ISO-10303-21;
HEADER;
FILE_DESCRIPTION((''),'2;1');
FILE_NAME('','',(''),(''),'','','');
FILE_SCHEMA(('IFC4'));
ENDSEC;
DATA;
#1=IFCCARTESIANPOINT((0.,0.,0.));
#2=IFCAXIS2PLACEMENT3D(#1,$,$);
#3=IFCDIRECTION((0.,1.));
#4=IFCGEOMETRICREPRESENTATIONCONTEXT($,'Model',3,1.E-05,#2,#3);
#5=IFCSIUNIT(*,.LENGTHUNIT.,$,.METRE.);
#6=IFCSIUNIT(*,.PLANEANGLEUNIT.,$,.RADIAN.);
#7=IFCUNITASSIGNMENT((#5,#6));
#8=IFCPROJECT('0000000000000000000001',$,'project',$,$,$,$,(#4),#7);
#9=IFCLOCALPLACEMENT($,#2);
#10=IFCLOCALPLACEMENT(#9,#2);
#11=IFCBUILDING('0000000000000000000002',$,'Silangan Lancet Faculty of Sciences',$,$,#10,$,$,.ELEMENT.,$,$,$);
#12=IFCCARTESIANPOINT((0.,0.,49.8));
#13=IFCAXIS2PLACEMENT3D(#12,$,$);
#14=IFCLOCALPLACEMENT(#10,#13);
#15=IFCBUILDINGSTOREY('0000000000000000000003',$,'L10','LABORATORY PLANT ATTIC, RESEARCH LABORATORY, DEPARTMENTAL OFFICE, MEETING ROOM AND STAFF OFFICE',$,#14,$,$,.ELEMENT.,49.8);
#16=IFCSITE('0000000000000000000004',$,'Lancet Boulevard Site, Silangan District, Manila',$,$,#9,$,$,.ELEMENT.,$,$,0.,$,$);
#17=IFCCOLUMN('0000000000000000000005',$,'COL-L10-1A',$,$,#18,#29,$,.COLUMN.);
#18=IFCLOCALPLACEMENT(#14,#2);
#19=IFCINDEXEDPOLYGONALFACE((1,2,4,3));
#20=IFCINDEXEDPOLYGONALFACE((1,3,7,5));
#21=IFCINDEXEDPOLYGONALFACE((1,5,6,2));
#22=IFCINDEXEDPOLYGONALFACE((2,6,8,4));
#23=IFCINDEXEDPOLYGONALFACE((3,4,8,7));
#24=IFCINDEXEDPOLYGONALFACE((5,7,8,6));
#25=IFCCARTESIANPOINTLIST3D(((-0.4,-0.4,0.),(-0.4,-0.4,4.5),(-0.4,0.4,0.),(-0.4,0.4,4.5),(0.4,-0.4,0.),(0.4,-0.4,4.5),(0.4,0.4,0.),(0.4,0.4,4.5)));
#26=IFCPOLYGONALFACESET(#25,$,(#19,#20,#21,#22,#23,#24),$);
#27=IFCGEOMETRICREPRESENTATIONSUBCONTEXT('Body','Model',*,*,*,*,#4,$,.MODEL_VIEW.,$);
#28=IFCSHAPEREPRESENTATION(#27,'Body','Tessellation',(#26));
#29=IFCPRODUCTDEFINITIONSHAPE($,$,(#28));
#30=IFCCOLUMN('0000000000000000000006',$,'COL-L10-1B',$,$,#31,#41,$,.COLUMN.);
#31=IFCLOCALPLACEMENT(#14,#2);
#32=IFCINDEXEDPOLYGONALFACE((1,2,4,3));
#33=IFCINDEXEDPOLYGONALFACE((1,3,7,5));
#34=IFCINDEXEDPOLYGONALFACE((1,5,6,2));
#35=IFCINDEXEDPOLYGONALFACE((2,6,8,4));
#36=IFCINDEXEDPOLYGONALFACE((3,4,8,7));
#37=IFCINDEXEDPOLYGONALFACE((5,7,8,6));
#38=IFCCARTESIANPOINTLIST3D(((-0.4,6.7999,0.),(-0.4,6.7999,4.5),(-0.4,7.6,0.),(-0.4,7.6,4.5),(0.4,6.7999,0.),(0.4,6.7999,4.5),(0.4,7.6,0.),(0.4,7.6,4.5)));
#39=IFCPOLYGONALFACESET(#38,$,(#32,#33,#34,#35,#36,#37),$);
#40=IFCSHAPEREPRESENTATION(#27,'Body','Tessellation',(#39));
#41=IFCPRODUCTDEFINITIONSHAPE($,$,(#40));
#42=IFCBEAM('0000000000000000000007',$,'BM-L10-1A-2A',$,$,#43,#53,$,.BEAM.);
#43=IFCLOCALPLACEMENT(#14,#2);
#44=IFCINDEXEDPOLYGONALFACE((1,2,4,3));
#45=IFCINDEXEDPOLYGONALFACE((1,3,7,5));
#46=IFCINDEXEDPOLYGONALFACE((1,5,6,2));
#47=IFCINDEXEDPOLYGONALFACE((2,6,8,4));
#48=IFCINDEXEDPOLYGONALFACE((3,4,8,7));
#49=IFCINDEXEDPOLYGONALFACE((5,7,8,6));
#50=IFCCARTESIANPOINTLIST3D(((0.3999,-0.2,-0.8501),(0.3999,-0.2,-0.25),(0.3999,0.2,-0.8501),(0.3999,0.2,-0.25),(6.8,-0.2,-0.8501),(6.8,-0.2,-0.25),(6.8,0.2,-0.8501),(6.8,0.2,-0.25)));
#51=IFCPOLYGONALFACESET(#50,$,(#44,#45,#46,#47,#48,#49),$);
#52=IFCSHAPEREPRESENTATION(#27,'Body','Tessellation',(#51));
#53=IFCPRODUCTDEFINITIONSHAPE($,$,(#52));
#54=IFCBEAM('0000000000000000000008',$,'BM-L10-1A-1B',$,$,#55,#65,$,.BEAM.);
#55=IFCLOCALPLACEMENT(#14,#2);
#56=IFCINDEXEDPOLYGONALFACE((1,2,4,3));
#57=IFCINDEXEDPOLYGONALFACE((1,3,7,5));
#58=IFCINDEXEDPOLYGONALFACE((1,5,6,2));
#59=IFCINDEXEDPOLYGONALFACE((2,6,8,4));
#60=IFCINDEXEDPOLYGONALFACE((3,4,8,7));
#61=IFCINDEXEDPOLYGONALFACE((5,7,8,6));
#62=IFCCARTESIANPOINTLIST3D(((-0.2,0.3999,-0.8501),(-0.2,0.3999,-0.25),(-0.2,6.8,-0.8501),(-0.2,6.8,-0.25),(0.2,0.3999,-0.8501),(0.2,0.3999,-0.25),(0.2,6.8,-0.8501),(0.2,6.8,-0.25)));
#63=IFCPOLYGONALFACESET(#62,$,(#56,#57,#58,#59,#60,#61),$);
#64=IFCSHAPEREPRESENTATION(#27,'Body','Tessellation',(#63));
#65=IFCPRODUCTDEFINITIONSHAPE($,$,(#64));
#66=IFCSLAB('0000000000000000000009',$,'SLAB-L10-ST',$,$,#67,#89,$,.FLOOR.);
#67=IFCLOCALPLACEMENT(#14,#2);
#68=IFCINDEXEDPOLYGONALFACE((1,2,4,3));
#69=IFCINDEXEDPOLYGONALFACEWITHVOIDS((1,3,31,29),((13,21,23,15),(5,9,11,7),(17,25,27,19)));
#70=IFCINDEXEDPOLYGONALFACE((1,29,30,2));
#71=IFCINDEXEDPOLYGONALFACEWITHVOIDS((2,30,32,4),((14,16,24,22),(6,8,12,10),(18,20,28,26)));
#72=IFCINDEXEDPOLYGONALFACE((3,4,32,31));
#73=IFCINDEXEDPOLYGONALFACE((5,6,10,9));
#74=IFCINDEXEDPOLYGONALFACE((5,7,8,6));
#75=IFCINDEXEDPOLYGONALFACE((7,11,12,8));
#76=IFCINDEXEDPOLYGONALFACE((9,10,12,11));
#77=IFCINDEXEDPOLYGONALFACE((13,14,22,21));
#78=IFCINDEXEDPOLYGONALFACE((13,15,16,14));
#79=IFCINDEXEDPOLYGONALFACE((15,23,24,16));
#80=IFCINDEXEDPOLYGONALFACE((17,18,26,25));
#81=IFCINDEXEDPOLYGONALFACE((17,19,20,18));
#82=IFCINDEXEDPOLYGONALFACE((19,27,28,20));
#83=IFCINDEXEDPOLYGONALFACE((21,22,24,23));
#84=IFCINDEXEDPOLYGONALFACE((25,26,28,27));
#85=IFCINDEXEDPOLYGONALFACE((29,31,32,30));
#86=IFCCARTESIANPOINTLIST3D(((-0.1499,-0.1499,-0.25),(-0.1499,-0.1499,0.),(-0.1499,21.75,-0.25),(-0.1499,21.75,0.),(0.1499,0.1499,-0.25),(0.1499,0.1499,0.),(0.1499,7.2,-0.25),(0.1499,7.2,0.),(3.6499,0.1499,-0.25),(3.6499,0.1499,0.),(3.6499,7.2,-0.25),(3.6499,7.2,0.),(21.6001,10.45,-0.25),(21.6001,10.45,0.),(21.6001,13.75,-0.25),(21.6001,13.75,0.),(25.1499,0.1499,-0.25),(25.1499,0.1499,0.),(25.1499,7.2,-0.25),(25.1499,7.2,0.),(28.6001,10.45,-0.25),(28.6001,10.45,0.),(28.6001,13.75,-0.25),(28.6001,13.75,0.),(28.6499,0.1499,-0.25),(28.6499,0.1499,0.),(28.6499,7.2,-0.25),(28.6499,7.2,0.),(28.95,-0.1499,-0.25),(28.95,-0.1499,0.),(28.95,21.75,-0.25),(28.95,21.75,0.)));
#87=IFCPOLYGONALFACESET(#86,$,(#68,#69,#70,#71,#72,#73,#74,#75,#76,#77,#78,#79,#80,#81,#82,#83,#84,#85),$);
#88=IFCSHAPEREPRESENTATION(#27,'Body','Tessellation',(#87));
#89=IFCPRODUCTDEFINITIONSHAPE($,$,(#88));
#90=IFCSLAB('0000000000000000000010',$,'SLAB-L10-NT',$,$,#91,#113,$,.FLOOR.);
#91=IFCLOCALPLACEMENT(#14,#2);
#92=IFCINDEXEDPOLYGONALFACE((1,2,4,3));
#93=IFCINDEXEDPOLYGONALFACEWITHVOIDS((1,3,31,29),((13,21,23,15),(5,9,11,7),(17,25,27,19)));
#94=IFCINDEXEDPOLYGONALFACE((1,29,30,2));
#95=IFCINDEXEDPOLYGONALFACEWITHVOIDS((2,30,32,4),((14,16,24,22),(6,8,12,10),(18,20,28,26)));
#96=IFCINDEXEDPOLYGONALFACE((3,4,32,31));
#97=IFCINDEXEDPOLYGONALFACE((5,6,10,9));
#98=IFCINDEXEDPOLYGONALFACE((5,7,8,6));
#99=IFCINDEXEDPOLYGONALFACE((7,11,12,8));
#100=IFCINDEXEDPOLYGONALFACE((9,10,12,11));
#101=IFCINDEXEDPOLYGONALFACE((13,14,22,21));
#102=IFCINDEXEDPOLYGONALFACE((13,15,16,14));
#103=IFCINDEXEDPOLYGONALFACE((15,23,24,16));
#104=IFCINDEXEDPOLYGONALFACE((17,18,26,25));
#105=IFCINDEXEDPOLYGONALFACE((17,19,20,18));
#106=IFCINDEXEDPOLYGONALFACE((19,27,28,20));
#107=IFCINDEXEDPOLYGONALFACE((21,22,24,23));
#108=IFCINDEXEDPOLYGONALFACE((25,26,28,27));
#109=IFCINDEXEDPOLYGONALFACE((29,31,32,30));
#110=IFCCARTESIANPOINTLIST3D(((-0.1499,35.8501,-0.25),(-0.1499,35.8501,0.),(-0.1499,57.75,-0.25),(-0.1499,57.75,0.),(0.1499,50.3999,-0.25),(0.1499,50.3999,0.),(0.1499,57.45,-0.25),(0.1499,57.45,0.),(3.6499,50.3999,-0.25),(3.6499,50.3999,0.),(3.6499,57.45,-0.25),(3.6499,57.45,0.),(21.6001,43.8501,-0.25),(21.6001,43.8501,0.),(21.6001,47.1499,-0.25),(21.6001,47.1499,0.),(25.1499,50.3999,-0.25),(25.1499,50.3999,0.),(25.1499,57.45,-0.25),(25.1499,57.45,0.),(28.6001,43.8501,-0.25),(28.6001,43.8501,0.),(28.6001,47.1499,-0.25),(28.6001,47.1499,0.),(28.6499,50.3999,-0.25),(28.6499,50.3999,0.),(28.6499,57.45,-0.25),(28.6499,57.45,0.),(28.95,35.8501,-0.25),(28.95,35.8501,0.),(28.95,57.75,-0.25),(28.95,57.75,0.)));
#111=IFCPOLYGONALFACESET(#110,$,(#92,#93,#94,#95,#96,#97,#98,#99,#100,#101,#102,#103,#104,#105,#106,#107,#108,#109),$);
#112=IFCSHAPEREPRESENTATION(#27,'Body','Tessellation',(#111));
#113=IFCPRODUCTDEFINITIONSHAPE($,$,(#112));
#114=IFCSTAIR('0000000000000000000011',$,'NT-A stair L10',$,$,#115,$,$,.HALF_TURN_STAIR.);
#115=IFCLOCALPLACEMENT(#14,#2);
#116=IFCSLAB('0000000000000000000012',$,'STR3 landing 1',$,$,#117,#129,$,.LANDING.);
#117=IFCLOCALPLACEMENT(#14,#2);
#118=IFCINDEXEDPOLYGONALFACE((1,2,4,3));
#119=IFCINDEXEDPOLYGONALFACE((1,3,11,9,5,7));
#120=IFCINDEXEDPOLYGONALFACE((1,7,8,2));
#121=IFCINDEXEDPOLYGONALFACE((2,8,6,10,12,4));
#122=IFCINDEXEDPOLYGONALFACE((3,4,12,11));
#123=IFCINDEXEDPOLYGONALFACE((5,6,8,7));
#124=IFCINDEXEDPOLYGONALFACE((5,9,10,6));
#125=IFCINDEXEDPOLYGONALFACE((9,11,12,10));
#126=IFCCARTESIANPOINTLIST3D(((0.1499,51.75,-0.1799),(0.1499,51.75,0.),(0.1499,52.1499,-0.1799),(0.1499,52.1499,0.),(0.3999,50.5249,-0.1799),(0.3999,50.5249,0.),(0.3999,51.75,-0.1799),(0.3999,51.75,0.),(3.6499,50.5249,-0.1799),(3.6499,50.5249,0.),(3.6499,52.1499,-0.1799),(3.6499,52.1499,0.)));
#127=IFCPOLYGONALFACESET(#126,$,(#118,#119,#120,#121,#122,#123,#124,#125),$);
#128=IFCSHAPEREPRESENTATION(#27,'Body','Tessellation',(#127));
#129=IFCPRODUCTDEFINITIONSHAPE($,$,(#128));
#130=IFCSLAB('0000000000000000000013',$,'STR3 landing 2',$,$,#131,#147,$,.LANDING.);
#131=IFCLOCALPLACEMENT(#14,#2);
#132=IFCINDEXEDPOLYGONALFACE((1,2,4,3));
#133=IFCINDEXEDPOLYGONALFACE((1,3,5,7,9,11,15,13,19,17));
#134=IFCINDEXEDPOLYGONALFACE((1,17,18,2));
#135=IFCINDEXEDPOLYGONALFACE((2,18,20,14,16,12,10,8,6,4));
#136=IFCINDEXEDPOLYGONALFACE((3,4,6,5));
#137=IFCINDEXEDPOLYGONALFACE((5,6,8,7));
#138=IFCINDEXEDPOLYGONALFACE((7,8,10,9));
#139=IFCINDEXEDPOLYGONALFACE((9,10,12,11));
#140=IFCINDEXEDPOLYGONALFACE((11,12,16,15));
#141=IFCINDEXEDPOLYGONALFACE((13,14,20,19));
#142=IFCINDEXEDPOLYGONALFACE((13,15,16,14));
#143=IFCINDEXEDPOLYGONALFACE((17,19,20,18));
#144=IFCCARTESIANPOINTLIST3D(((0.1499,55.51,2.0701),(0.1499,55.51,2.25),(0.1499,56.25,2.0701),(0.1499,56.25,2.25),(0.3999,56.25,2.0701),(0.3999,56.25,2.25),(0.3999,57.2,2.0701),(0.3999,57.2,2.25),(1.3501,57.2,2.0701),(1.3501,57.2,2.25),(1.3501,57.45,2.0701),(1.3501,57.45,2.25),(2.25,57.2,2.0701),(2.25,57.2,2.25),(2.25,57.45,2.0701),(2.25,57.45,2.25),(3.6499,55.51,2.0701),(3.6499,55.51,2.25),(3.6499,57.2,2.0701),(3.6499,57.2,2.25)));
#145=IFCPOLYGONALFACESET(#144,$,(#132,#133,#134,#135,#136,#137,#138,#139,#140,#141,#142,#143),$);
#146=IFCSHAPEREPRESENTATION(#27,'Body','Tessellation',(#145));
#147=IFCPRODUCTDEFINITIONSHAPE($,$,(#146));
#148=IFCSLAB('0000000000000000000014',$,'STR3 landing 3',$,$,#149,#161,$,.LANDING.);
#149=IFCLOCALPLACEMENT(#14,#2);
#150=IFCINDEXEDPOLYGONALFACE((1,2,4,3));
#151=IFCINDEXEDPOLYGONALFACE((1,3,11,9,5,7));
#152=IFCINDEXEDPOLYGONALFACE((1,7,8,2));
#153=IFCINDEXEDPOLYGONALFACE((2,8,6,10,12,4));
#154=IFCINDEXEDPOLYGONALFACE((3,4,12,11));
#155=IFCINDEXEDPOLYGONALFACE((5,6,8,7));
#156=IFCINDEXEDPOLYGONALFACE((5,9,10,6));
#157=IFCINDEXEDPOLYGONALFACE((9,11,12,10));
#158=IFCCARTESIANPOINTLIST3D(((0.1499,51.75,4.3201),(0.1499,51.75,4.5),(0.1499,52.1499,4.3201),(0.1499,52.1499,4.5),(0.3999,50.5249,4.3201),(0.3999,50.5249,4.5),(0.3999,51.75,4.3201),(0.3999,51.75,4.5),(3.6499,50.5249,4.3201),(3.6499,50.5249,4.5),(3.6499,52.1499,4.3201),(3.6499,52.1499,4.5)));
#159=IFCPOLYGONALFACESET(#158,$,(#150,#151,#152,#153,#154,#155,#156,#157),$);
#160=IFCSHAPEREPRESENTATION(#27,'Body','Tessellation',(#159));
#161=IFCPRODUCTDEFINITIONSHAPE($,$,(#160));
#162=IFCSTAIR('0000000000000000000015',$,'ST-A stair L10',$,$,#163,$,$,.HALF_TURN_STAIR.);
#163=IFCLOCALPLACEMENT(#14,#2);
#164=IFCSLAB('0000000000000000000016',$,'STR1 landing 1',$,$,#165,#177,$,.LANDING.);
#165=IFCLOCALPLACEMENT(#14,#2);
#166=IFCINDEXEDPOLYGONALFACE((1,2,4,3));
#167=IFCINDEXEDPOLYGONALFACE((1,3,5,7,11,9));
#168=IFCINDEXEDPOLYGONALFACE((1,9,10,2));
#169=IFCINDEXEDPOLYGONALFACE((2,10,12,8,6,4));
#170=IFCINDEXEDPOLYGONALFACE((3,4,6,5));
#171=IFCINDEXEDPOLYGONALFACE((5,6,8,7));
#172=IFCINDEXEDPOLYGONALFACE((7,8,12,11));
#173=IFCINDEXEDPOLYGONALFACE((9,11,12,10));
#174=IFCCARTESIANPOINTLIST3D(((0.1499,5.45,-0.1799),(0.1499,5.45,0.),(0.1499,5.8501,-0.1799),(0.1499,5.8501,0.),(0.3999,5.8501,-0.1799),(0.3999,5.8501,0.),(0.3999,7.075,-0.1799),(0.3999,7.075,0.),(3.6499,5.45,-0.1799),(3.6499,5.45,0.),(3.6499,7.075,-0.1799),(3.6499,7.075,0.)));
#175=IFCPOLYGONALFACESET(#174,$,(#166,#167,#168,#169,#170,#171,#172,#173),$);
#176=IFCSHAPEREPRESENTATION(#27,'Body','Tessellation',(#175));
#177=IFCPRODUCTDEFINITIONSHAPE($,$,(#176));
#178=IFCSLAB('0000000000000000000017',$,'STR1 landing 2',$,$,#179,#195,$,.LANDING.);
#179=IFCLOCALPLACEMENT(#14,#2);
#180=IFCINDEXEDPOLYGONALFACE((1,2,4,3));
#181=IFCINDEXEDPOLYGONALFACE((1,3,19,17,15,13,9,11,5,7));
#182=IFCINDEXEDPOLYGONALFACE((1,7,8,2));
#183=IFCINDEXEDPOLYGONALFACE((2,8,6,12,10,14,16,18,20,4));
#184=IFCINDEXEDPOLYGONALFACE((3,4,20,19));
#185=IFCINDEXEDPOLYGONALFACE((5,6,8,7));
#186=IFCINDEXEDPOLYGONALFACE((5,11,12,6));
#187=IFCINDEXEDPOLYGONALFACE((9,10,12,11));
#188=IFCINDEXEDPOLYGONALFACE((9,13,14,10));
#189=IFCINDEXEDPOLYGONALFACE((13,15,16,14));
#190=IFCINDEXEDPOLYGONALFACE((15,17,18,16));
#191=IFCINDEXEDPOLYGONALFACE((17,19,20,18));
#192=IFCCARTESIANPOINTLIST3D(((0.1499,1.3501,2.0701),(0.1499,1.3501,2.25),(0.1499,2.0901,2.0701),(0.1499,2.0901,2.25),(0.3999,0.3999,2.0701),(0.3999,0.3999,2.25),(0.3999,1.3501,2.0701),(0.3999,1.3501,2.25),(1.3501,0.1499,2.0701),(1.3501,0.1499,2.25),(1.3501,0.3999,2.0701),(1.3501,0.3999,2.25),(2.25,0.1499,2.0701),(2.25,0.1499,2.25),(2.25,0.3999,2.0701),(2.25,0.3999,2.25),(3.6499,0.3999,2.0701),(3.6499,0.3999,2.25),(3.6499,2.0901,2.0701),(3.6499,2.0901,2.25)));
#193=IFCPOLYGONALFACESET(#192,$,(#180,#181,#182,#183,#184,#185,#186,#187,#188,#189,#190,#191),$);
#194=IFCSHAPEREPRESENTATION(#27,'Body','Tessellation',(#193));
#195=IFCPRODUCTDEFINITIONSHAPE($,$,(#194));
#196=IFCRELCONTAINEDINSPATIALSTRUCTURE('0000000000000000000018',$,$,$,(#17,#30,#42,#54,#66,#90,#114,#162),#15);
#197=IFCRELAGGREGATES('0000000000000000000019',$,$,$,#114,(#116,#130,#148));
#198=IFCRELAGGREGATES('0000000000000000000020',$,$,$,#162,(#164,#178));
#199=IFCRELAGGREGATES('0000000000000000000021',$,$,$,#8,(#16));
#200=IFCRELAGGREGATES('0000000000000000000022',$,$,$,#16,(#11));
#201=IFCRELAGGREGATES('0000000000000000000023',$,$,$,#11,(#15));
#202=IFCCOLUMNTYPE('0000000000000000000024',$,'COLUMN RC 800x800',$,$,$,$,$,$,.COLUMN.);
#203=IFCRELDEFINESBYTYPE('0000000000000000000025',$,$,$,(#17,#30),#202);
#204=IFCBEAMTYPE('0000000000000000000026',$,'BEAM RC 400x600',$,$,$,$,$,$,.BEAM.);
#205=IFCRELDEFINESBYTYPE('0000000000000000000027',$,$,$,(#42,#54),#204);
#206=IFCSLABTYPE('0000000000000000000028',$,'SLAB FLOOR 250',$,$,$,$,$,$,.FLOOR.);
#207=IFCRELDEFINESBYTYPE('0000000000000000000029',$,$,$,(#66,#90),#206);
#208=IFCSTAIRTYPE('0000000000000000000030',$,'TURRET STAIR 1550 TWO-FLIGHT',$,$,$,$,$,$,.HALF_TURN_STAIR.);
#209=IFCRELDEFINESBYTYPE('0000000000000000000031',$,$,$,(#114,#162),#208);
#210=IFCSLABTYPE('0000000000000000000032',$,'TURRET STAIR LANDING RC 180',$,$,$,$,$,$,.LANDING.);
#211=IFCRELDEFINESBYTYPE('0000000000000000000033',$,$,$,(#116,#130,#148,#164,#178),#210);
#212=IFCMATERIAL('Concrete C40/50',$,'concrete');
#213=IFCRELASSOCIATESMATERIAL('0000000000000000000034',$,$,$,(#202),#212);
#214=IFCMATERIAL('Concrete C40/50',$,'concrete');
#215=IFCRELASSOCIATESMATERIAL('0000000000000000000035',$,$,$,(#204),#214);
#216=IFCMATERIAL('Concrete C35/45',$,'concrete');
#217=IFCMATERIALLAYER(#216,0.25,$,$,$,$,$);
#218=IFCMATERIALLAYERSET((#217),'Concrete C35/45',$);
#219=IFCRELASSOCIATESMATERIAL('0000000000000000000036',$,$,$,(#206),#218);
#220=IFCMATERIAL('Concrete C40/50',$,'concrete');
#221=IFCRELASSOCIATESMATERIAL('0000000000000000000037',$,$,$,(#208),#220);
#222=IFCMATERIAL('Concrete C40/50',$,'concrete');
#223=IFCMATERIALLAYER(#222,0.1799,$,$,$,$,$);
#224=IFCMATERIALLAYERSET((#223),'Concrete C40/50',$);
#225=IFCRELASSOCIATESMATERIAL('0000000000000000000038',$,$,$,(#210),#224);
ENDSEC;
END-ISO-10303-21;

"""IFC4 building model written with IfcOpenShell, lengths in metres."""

from ifc_helpers import new_model, si_unit, direction, frame, origin, origin_2d, place, context, subcontext, project, spatial, polyline, rectangle, outline, extrude, material, layer, layer_set, material_profile, profile_set, type_object, element, aggregate, save


model = new_model("IFC4")

# Units and contexts
model_context = context("Model", 3, precision=1e-05, world=origin(), true_north=direction((0.0, 1.0)))
body_context = subcontext(model_context, "Body", "Model", "MODEL_VIEW")
ifc_project = project(units=[si_unit("LENGTHUNIT", "METRE"), si_unit("PLANEANGLEUNIT", "RADIAN")], contexts=[model_context])

# Site, building, storey
site_placement = place(None, origin())
site = spatial("IfcSite", under=ifc_project, at=site_placement, Name="Lancet Boulevard Site, Silangan District, Manila", CompositionType="ELEMENT", RefElevation=0.0)
building_placement = place(site_placement, origin())
building = spatial("IfcBuilding", under=site, at=building_placement, Name="Silangan Lancet Faculty of Sciences", CompositionType="ELEMENT")
storey_placement = place(building_placement, frame((0.0, 0.0, 49.8)))
storey = spatial("IfcBuildingStorey", under=building, at=storey_placement, Name="L10", Description="LABORATORY PLANT ATTIC, RESEARCH LABORATORY, DEPARTMENTAL OFFICE, MEETING ROOM AND STAFF OFFICE", CompositionType="ELEMENT", Elevation=49.8)

# Columns
ifc_material_1 = material(Name="Concrete C40/50", Category="concrete")
ifc_material_profile_1 = material_profile(ifc_material_1, rectangle(XDim=0.8, YDim=0.8, at=origin_2d()), Name="RC 800x800")
ifc_profile_set_1 = profile_set([ifc_material_profile_1], Name="Concrete C40/50")
column_type = type_object("IfcColumnType", Name="COLUMN RC 800x800", PredefinedType="COLUMN", material=ifc_profile_set_1)
for number, where, z_axis, x_axis, name in (
    (1, (0.0, 0.0, 0.0), (0.0, 0.0, 1.0), (1.0, 0.0, 0.0), "COL-L10-1A"),
    (2, (0.0, 7.2, 0.0), (0.0, 0.0, 1.0), (1.0, 0.0, 0.0), "COL-L10-1B"),
):
    element("IfcColumn", number, at=place(storey_placement, frame(where, z_axis=z_axis, x_axis=x_axis)), inside=storey, type_object=column_type, Name=name, PredefinedType="COLUMN", context=body_context, shape_type="SweptSolid", body=[
        extrude(rectangle(XDim=0.8, YDim=0.8, at=origin_2d()), origin(), (0.0, 0.0, 1.0), 4.5),
    ])

# Beams
ifc_material_2 = material(Name="Concrete C40/50", Category="concrete")
ifc_material_profile_2 = material_profile(ifc_material_2, rectangle(XDim=0.3999, YDim=0.6001, at=origin_2d()), Name="RC 400x600")
ifc_profile_set_2 = profile_set([ifc_material_profile_2], Name="Concrete C40/50")
beam_type = type_object("IfcBeamType", Name="BEAM RC 400x600", PredefinedType="BEAM", material=ifc_profile_set_2)
for number, where, z_axis, x_axis, name in (
    (3, (0.3999, 0.0, -0.55), (1.0, 0.0, 0.0), (0.0, 1.0, 0.0), "BM-L10-1A-2A"),
    (4, (0.0, 0.3999, -0.55), (0.0, 1.0, 0.0), (-1.0, 0.0, 0.0), "BM-L10-1A-1B"),
):
    element("IfcBeam", number, at=place(storey_placement, frame(where, z_axis=z_axis, x_axis=x_axis)), inside=storey, type_object=beam_type, Name=name, PredefinedType="BEAM", context=body_context, shape_type="SweptSolid", body=[
        extrude(rectangle(XDim=0.3999, YDim=0.6001, at=origin_2d()), origin(), (0.0, 0.0, 1.0), 6.4001),
    ])

# Slabs
ifc_material_3 = material(Name="Concrete C35/45", Category="concrete")
ifc_layer_1 = layer(ifc_material_3, 0.25)
ifc_layer_set_1 = layer_set([ifc_layer_1], Name="Concrete C35/45")
slab_type_1 = type_object("IfcSlabType", Name="SLAB FLOOR 250", PredefinedType="FLOOR", material=ifc_layer_set_1)
slab_1_placement = place(storey_placement, frame((0.0, 0.0, -0.25)))
element("IfcSlab", 5, at=slab_1_placement, inside=storey, type_object=slab_type_1, Name="SLAB-L10-ST", PredefinedType="FLOOR", context=body_context, shape_type="SweptSolid", body=[
    extrude(outline(polyline([(-0.1499, 21.75), (-0.1499, -0.1499), (28.95, -0.1499), (28.95, 21.75), (-0.1499, 21.75)]), holes=[polyline([(0.1499, 0.1499), (0.1499, 7.2), (3.6499, 7.2), (3.6499, 0.1499), (0.1499, 0.1499)]), polyline([(25.1499, 7.2), (28.6499, 7.2), (28.6499, 0.1499), (25.1499, 0.1499), (25.1499, 7.2)]), polyline([(21.6001, 13.75), (28.6001, 13.75), (28.6001, 10.45), (21.6001, 10.45), (21.6001, 13.75)])]), origin(), (0.0, 0.0, 1.0), 0.25),
])
slab_2_placement = place(storey_placement, frame((0.0, 0.0, -0.25)))
element("IfcSlab", 6, at=slab_2_placement, inside=storey, type_object=slab_type_1, Name="SLAB-L10-NT", PredefinedType="FLOOR", context=body_context, shape_type="SweptSolid", body=[
    extrude(outline(polyline([(-0.1499, 35.8501), (28.95, 35.8501), (28.95, 57.75), (-0.1499, 57.75), (-0.1499, 35.8501)]), holes=[polyline([(21.6001, 43.8501), (21.6001, 47.1499), (28.6001, 47.1499), (28.6001, 43.8501), (21.6001, 43.8501)]), polyline([(0.1499, 57.45), (3.6499, 57.45), (3.6499, 50.3999), (0.1499, 50.3999), (0.1499, 57.45)]), polyline([(25.1499, 57.45), (28.6499, 57.45), (28.6499, 50.3999), (25.1499, 50.3999), (25.1499, 57.45)])]), origin(), (0.0, 0.0, 1.0), 0.25),
])

# Stairs, slabs
ifc_material_4 = material(Name="Concrete C40/50", Category="concrete")
stair_type = type_object("IfcStairType", Name="TURRET STAIR 1550 TWO-FLIGHT", PredefinedType="HALF_TURN_STAIR", material=ifc_material_4)
stair_1_placement = place(storey_placement, origin())
stair_1 = element("IfcStair", 7, at=stair_1_placement, inside=storey, type_object=stair_type, Name="NT-A stair L10", PredefinedType="HALF_TURN_STAIR")
ifc_material_5 = material(Name="Concrete C40/50", Category="concrete")
ifc_layer_2 = layer(ifc_material_5, 0.1799)
ifc_layer_set_2 = layer_set([ifc_layer_2], Name="Concrete C40/50")
slab_type_2 = type_object("IfcSlabType", Name="TURRET STAIR LANDING RC 180", PredefinedType="LANDING", material=ifc_layer_set_2)
slab_3_placement = place(storey_placement, frame((0.0, 0.0, -0.1799)))
slab_3 = element("IfcSlab", 8, at=slab_3_placement, type_object=slab_type_2, Name="STR3 landing 1", PredefinedType="LANDING", context=body_context, shape_type="SweptSolid", body=[
    extrude(outline(polyline([(0.1499, 52.1499), (3.6499, 52.1499), (3.6499, 50.5249), (0.3999, 50.5249), (0.3999, 51.75), (0.1499, 51.75), (0.1499, 52.1499)])), origin(), (0.0, 0.0, 1.0), 0.1799),
])
slab_4_placement = place(storey_placement, frame((0.0, 0.0, 2.0701)))
slab_4 = element("IfcSlab", 9, at=slab_4_placement, type_object=slab_type_2, Name="STR3 landing 2", PredefinedType="LANDING", context=body_context, shape_type="SweptSolid", body=[
    extrude(outline(polyline([(0.1499, 55.51), (0.1499, 56.25), (0.3999, 56.25), (0.3999, 57.2), (1.3501, 57.2), (1.3501, 57.45), (2.25, 57.45), (2.25, 57.2), (3.6499, 57.2), (3.6499, 55.51), (0.1499, 55.51)])), origin(), (0.0, 0.0, 1.0), 0.1799),
])
slab_5_placement = place(storey_placement, frame((0.0, 0.0, 4.3201)))
slab_5 = element("IfcSlab", 10, at=slab_5_placement, type_object=slab_type_2, Name="STR3 landing 3", PredefinedType="LANDING", context=body_context, shape_type="SweptSolid", body=[
    extrude(outline(polyline([(0.1499, 52.1499), (3.6499, 52.1499), (3.6499, 50.5249), (0.3999, 50.5249), (0.3999, 51.75), (0.1499, 51.75), (0.1499, 52.1499)])), origin(), (0.0, 0.0, 1.0), 0.1799),
])
aggregate(stair_1, [slab_3, slab_4, slab_5])
stair_2_placement = place(storey_placement, origin())
stair_2 = element("IfcStair", 11, at=stair_2_placement, inside=storey, type_object=stair_type, Name="ST-A stair L10", PredefinedType="HALF_TURN_STAIR")
slab_6_placement = place(storey_placement, frame((0.0, 0.0, -0.1799)))
slab_6 = element("IfcSlab", 12, at=slab_6_placement, type_object=slab_type_2, Name="STR1 landing 1", PredefinedType="LANDING", context=body_context, shape_type="SweptSolid", body=[
    extrude(outline(polyline([(0.1499, 5.45), (0.1499, 5.8501), (0.3999, 5.8501), (0.3999, 7.075), (3.6499, 7.075), (3.6499, 5.45), (0.1499, 5.45)])), origin(), (0.0, 0.0, 1.0), 0.1799),
])
slab_7_placement = place(storey_placement, frame((0.0, 0.0, 2.0701)))
slab_7 = element("IfcSlab", 13, at=slab_7_placement, type_object=slab_type_2, Name="STR1 landing 2", PredefinedType="LANDING", context=body_context, shape_type="SweptSolid", body=[
    extrude(outline(polyline([(0.1499, 2.0901), (3.6499, 2.0901), (3.6499, 0.3999), (2.25, 0.3999), (2.25, 0.1499), (1.3501, 0.1499), (1.3501, 0.3999), (0.3999, 0.3999), (0.3999, 1.3501), (0.1499, 1.3501), (0.1499, 2.0901)])), origin(), (0.0, 0.0, 1.0), 0.1799),
])
aggregate(stair_2, [slab_6, slab_7])

save(model, "model.ifc")
